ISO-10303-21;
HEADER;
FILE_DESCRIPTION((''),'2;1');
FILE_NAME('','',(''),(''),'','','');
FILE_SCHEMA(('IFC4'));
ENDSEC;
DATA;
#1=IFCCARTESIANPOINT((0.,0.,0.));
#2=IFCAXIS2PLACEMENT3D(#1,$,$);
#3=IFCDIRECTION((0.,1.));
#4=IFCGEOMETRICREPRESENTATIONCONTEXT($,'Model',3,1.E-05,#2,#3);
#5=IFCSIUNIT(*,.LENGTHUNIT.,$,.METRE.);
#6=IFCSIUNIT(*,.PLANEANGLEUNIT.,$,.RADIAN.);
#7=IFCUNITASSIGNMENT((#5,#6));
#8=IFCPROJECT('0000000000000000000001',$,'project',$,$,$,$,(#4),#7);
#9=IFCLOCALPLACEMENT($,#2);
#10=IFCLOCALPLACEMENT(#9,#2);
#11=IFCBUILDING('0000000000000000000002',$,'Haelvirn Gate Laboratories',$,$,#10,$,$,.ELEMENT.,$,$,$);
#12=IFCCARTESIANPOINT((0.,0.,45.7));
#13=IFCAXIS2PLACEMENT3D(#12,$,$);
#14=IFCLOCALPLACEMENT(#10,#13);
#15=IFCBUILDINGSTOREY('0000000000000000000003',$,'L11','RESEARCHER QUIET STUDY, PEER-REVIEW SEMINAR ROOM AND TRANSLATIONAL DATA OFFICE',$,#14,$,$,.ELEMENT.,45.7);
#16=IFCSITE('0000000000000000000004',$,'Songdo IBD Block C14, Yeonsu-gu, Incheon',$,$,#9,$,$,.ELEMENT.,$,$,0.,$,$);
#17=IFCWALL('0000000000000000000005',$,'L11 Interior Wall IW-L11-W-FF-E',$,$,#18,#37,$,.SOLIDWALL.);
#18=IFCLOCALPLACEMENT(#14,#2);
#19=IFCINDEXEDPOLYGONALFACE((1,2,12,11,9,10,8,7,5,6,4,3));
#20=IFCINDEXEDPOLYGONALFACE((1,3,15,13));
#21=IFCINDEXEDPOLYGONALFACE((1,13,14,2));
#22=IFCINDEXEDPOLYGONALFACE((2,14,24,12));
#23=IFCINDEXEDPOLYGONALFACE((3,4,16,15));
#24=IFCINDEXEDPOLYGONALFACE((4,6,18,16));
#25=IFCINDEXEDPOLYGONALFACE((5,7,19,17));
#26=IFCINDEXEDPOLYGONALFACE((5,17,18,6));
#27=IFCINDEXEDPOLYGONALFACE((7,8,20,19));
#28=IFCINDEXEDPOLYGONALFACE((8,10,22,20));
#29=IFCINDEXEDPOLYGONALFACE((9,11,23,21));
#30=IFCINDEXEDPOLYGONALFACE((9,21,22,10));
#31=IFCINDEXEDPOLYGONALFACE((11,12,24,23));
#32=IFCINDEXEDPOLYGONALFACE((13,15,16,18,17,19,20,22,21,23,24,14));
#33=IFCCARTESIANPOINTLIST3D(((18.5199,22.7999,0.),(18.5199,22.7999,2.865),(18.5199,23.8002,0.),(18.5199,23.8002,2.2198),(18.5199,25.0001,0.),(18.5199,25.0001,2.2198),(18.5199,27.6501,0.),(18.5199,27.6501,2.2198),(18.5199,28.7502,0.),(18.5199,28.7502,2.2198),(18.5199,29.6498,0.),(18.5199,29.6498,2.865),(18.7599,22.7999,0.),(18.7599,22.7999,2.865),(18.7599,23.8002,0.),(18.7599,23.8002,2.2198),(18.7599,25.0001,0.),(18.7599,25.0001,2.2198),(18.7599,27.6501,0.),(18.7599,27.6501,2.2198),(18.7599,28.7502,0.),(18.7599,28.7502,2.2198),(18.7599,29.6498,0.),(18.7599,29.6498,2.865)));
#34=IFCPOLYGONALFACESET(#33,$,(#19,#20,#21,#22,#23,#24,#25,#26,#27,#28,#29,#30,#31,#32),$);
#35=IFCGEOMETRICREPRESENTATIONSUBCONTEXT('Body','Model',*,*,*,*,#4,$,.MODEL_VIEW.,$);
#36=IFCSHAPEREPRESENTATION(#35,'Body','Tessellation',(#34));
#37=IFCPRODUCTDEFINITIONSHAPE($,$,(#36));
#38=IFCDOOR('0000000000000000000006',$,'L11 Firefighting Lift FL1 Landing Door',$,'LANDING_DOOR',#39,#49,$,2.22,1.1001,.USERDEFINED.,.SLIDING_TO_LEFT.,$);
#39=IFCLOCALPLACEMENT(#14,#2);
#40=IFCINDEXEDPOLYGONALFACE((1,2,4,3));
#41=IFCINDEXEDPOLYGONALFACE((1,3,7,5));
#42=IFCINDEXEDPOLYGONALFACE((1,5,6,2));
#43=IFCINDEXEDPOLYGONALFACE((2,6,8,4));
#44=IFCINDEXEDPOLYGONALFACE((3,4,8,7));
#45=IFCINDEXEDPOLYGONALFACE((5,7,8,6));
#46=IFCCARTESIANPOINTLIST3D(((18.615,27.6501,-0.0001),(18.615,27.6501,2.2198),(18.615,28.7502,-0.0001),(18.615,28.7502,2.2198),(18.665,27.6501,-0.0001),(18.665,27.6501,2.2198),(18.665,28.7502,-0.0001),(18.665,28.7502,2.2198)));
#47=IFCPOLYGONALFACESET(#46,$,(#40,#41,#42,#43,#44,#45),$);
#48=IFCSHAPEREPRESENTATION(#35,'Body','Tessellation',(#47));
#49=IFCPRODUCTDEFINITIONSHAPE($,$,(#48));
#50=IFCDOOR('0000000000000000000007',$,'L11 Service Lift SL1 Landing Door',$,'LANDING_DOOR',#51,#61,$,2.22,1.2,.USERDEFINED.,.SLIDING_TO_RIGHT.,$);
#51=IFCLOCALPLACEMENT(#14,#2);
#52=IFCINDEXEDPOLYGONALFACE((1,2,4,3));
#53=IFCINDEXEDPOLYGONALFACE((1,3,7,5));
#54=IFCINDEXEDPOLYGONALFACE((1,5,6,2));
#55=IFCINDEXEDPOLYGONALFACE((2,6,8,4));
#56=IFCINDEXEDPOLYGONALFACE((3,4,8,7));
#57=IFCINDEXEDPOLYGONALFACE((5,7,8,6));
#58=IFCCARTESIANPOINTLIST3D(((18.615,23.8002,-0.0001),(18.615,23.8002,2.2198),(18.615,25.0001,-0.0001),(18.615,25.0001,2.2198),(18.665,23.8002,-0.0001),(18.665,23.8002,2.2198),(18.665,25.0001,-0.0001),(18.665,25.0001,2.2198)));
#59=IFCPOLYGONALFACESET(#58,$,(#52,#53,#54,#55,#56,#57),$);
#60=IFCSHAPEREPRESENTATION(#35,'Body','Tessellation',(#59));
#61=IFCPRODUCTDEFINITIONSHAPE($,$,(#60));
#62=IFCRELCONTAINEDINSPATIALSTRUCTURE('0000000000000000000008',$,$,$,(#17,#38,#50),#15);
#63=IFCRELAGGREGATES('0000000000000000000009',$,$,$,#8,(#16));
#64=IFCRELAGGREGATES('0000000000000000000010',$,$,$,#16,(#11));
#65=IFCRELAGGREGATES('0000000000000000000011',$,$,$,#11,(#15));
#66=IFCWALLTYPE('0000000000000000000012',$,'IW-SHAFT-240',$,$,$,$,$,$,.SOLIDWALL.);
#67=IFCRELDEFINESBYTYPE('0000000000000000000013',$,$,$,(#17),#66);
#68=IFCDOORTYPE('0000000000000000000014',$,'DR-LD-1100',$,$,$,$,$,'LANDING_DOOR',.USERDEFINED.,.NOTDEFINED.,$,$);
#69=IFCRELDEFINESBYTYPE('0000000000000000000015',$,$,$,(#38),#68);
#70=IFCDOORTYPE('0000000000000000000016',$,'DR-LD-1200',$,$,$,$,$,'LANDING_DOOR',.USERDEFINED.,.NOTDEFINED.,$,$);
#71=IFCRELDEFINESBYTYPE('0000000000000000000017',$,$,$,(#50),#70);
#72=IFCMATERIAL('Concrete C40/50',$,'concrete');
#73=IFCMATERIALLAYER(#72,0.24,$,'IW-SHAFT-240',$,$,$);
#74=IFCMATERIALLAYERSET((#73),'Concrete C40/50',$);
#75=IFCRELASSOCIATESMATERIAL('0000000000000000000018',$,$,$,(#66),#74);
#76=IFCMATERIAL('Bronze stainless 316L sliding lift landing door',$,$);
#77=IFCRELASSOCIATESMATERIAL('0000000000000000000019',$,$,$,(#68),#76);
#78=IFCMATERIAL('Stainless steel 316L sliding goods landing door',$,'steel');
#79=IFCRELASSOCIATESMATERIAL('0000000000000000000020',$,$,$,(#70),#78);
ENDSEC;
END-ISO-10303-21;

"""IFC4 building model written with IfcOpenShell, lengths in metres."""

from ifc_helpers import new_model, si_unit, direction, frame, frame_2d, origin, place, context, subcontext, project, spatial, rectangle, extrude, source, transform, mapped, material, layer, layer_set, type_object, type_shapes, element, fill, save


model = new_model("IFC4")

# Units and contexts
model_context = context("Model", 3, precision=1e-05, world=origin(), true_north=direction((0.0, 1.0)))
body_context = subcontext(model_context, "Body", "Model", "MODEL_VIEW")
ifc_project = project(units=[si_unit("LENGTHUNIT", "METRE"), si_unit("PLANEANGLEUNIT", "RADIAN")], contexts=[model_context])

# Site, building, storey
site_placement = place(None, origin())
site = spatial("IfcSite", under=ifc_project, at=site_placement, Name="Songdo IBD Block C14, Yeonsu-gu, Incheon", CompositionType="ELEMENT", RefElevation=0.0)
building_placement = place(site_placement, origin())
building = spatial("IfcBuilding", under=site, at=building_placement, Name="Haelvirn Gate Laboratories", CompositionType="ELEMENT")
storey_placement = place(building_placement, frame((0.0, 0.0, 45.7)))
storey = spatial("IfcBuildingStorey", under=building, at=storey_placement, Name="L11", Description="RESEARCHER QUIET STUDY, PEER-REVIEW SEMINAR ROOM AND TRANSLATIONAL DATA OFFICE", CompositionType="ELEMENT", Elevation=45.7)

# Shared definitions
ifc_material_1 = material(Name="Concrete C40/50", Category="concrete")

# Shared definitions
ifc_layer_1 = layer(ifc_material_1, 0.24, Name="IW-SHAFT-240")
ifc_layer_set_1 = layer_set([ifc_layer_1], Name="Concrete C40/50")
wall_type_1 = type_object("IfcWallType", Name="IW-SHAFT-240", PredefinedType="SOLIDWALL", material=ifc_layer_set_1)

# Wall, openings, doors
wall_1_placement = place(storey_placement, frame((18.6399, 22.8, 0.0), z_axis=(0.0, 0.0, 1.0), x_axis=(0.0, 1.0, 0.0)))
wall_1 = element("IfcWall", 1, at=wall_1_placement, inside=storey, type_object=wall_type_1, Name="L11 Interior Wall IW-L11-W-FF-E", PredefinedType="SOLIDWALL", context=body_context, shape_type="SweptSolid", body=[
    extrude(rectangle(XDim=6.8499, YDim=0.24, at=frame_2d((3.4248, 0.0))), origin(), (0.0, 0.0, 1.0), 2.865),
])
opening_1_placement = place(wall_1_placement, frame((4.8501, 0.0, 0.0)))
opening_1 = element("IfcOpeningElement", 2, at=opening_1_placement, cuts=wall_1, PredefinedType="OPENING", context=body_context, shape_type="SweptSolid", body=[
    extrude(rectangle(XDim=1.1001, YDim=2.22, at=frame_2d((0.55, 1.1099))), frame((0.0, 0.1299, 0.0), z_axis=(0.0, -1.0, 0.0), x_axis=(1.0, 0.0, 0.0)), (0.0, 0.0, 1.0), 0.26),
])
opening_2_placement = place(wall_1_placement, frame((1.0, 0.0, 0.0)))
opening_2 = element("IfcOpeningElement", 3, at=opening_2_placement, cuts=wall_1, PredefinedType="OPENING", context=body_context, shape_type="SweptSolid", body=[
    extrude(rectangle(XDim=1.2, YDim=2.22, at=frame_2d((0.6001, 1.1099))), frame((0.0, 0.1299, 0.0), z_axis=(0.0, -1.0, 0.0), x_axis=(1.0, 0.0, 0.0)), (0.0, 0.0, 1.0), 0.26),
])
ifc_material_2 = material(Name="Bronze stainless 316L sliding lift landing door")
door_type_1 = type_object("IfcDoorType", Name="DR-LD-1100", ElementType="LANDING_DOOR", OperationType="NOTDEFINED", PredefinedType="USERDEFINED", material=ifc_material_2)
shared_shape_1 = source(origin(), body_context, "Body", "SweptSolid", [
    extrude(rectangle(XDim=1.1001, YDim=2.22, at=frame_2d((0.55, 1.1099))), frame((0.0, 0.0249, 0.0), z_axis=(0.0, -1.0, 0.0), x_axis=(1.0, 0.0, 0.0)), (0.0, 0.0, 1.0), 0.05),
])
type_shapes(door_type_1, [shared_shape_1])
door_1_placement = place(opening_1_placement, origin())
door_1 = element("IfcDoor", 4, at=door_1_placement, inside=storey, type_object=door_type_1, Name="L11 Firefighting Lift FL1 Landing Door", ObjectType="LANDING_DOOR", OperationType="SLIDING_TO_LEFT", OverallHeight=2.22, OverallWidth=1.1001, PredefinedType="USERDEFINED", context=body_context, shape_type="MappedRepresentation", body=[
    mapped(shared_shape_1, transform((0.0, 0.0, 0.0), scale=1.0)),
])
fill(opening_1, door_1)
ifc_material_3 = material(Name="Stainless steel 316L sliding goods landing door", Category="steel")
door_type_2 = type_object("IfcDoorType", Name="DR-LD-1200", ElementType="LANDING_DOOR", OperationType="NOTDEFINED", PredefinedType="USERDEFINED", material=ifc_material_3)
shared_shape_2 = source(origin(), body_context, "Body", "SweptSolid", [
    extrude(rectangle(XDim=1.2, YDim=2.22, at=frame_2d((0.6001, 1.1099))), frame((0.0, 0.0249, 0.0), z_axis=(0.0, -1.0, 0.0), x_axis=(1.0, 0.0, 0.0)), (0.0, 0.0, 1.0), 0.05),
])
type_shapes(door_type_2, [shared_shape_2])
door_2_placement = place(opening_2_placement, origin())
door_2 = element("IfcDoor", 5, at=door_2_placement, inside=storey, type_object=door_type_2, Name="L11 Service Lift SL1 Landing Door", ObjectType="LANDING_DOOR", OperationType="SLIDING_TO_RIGHT", OverallHeight=2.22, OverallWidth=1.2, PredefinedType="USERDEFINED", context=body_context, shape_type="MappedRepresentation", body=[
    mapped(shared_shape_2, transform((0.0, 0.0, 0.0), scale=1.0)),
])
fill(opening_2, door_2)

save(model, "model.ifc")
